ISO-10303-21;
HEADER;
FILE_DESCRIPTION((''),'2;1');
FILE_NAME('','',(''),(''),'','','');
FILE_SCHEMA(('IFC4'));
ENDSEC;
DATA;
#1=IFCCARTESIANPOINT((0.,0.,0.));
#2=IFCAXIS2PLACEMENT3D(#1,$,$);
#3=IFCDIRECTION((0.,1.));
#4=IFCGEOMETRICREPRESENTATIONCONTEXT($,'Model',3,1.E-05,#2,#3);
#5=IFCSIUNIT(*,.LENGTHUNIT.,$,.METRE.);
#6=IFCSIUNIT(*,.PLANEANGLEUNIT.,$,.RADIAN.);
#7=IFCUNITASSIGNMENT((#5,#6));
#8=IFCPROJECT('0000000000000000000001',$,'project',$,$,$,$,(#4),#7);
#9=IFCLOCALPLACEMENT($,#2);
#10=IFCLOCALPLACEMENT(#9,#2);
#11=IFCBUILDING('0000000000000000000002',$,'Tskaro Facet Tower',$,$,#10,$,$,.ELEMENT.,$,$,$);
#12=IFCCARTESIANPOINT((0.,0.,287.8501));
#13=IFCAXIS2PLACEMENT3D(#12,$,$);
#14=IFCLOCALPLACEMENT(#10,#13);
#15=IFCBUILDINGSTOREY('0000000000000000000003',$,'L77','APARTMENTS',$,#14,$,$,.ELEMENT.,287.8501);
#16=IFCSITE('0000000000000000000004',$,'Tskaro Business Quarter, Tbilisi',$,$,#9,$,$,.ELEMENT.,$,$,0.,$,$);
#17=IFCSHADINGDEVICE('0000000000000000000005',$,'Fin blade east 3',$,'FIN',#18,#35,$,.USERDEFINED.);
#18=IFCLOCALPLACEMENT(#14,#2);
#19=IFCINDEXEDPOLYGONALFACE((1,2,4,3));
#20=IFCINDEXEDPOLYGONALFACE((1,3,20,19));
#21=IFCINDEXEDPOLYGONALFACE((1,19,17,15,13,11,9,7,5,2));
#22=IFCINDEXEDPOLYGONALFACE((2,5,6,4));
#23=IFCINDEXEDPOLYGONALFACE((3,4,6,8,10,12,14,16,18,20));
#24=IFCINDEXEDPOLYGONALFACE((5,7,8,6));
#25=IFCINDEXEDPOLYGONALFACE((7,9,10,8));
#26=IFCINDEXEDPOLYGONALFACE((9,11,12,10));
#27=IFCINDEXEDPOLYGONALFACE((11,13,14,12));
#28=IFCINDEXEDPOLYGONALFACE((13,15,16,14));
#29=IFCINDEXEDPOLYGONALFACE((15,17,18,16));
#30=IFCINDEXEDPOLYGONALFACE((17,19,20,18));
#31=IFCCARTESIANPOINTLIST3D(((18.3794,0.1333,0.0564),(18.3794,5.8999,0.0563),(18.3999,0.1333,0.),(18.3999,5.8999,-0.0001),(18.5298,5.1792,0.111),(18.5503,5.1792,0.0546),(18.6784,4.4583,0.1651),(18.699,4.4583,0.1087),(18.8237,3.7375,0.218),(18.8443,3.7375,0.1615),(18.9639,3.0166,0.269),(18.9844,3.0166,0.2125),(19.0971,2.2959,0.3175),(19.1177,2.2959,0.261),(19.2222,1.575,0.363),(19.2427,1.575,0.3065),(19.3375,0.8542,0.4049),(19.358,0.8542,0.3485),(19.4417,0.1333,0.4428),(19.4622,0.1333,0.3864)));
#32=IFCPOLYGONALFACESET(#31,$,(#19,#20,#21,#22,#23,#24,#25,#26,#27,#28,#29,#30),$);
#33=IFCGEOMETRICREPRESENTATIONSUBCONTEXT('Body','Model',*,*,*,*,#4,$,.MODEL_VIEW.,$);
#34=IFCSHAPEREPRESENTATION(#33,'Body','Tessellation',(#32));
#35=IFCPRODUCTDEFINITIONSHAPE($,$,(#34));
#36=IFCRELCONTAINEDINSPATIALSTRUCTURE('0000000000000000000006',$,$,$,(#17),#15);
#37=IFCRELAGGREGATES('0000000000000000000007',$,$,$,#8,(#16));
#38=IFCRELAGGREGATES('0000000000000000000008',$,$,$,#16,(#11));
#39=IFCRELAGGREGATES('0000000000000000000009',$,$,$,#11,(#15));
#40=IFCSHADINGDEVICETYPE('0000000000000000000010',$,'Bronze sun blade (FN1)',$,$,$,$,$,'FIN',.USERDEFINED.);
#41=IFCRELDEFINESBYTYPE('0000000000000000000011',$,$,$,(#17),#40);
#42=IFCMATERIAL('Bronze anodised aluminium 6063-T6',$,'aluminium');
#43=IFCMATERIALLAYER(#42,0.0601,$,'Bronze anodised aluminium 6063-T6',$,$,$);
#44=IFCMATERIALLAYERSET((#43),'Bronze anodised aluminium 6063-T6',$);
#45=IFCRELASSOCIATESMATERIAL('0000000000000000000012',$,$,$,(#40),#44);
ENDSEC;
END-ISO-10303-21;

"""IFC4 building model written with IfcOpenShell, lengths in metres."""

from ifc_helpers import new_model, si_unit, direction, frame, origin, place, context, subcontext, project, spatial, polyline, outline, extrude, material, layer, layer_set, type_object, element, save


model = new_model("IFC4")

# Units and contexts
model_context = context("Model", 3, precision=1e-05, world=origin(), true_north=direction((0.0, 1.0)))
body_context = subcontext(model_context, "Body", "Model", "MODEL_VIEW")
ifc_project = project(units=[si_unit("LENGTHUNIT", "METRE"), si_unit("PLANEANGLEUNIT", "RADIAN")], contexts=[model_context])

# Site, building, storey
site_placement = place(None, origin())
site = spatial("IfcSite", under=ifc_project, at=site_placement, Name="Tskaro Business Quarter, Tbilisi", CompositionType="ELEMENT", RefElevation=0.0)
building_placement = place(site_placement, origin())
building = spatial("IfcBuilding", under=site, at=building_placement, Name="Tskaro Facet Tower", CompositionType="ELEMENT")
storey_placement = place(building_placement, frame((0.0, 0.0, 287.8501)))
storey = spatial("IfcBuildingStorey", under=building, at=storey_placement, Name="L77", Description="APARTMENTS", CompositionType="ELEMENT", Elevation=287.8501)

# Shared definitions
ifc_material_1 = material(Name="Bronze anodised aluminium 6063-T6", Category="aluminium")

# Shading device
ifc_layer_1 = layer(ifc_material_1, 0.0601, Name="Bronze anodised aluminium 6063-T6")
ifc_layer_set_1 = layer_set([ifc_layer_1], Name="Bronze anodised aluminium 6063-T6")
shading_device_type = type_object("IfcShadingDeviceType", Name="Bronze sun blade (FN1)", ElementType="FIN", PredefinedType="USERDEFINED", material=ifc_layer_set_1)
shading_device_placement = place(storey_placement, frame((18.3794, 0.1333, 0.0564), z_axis=(-0.341847, 0.000012, 0.939756), x_axis=(0.000004, 1.0, -0.000012)))
element("IfcShadingDevice", 1, at=shading_device_placement, inside=storey, type_object=shading_device_type, Name="Fin blade east 3", ObjectType="FIN", PredefinedType="USERDEFINED", context=body_context, shape_type="SweptSolid", body=[
    extrude(outline(polyline([(0.0, 0.0), (5.7666, 0.0), (5.0459, -0.16), (4.325, -0.3182), (3.6042, -0.4728), (2.8833, -0.622), (2.1626, -0.7637), (1.4417, -0.8968), (0.7209, -1.0195), (0.0, -1.1304), (0.0, 0.0)])), origin(), (0.0, 0.0, -1.0), 0.0601),
])

save(model, "model.ifc")
